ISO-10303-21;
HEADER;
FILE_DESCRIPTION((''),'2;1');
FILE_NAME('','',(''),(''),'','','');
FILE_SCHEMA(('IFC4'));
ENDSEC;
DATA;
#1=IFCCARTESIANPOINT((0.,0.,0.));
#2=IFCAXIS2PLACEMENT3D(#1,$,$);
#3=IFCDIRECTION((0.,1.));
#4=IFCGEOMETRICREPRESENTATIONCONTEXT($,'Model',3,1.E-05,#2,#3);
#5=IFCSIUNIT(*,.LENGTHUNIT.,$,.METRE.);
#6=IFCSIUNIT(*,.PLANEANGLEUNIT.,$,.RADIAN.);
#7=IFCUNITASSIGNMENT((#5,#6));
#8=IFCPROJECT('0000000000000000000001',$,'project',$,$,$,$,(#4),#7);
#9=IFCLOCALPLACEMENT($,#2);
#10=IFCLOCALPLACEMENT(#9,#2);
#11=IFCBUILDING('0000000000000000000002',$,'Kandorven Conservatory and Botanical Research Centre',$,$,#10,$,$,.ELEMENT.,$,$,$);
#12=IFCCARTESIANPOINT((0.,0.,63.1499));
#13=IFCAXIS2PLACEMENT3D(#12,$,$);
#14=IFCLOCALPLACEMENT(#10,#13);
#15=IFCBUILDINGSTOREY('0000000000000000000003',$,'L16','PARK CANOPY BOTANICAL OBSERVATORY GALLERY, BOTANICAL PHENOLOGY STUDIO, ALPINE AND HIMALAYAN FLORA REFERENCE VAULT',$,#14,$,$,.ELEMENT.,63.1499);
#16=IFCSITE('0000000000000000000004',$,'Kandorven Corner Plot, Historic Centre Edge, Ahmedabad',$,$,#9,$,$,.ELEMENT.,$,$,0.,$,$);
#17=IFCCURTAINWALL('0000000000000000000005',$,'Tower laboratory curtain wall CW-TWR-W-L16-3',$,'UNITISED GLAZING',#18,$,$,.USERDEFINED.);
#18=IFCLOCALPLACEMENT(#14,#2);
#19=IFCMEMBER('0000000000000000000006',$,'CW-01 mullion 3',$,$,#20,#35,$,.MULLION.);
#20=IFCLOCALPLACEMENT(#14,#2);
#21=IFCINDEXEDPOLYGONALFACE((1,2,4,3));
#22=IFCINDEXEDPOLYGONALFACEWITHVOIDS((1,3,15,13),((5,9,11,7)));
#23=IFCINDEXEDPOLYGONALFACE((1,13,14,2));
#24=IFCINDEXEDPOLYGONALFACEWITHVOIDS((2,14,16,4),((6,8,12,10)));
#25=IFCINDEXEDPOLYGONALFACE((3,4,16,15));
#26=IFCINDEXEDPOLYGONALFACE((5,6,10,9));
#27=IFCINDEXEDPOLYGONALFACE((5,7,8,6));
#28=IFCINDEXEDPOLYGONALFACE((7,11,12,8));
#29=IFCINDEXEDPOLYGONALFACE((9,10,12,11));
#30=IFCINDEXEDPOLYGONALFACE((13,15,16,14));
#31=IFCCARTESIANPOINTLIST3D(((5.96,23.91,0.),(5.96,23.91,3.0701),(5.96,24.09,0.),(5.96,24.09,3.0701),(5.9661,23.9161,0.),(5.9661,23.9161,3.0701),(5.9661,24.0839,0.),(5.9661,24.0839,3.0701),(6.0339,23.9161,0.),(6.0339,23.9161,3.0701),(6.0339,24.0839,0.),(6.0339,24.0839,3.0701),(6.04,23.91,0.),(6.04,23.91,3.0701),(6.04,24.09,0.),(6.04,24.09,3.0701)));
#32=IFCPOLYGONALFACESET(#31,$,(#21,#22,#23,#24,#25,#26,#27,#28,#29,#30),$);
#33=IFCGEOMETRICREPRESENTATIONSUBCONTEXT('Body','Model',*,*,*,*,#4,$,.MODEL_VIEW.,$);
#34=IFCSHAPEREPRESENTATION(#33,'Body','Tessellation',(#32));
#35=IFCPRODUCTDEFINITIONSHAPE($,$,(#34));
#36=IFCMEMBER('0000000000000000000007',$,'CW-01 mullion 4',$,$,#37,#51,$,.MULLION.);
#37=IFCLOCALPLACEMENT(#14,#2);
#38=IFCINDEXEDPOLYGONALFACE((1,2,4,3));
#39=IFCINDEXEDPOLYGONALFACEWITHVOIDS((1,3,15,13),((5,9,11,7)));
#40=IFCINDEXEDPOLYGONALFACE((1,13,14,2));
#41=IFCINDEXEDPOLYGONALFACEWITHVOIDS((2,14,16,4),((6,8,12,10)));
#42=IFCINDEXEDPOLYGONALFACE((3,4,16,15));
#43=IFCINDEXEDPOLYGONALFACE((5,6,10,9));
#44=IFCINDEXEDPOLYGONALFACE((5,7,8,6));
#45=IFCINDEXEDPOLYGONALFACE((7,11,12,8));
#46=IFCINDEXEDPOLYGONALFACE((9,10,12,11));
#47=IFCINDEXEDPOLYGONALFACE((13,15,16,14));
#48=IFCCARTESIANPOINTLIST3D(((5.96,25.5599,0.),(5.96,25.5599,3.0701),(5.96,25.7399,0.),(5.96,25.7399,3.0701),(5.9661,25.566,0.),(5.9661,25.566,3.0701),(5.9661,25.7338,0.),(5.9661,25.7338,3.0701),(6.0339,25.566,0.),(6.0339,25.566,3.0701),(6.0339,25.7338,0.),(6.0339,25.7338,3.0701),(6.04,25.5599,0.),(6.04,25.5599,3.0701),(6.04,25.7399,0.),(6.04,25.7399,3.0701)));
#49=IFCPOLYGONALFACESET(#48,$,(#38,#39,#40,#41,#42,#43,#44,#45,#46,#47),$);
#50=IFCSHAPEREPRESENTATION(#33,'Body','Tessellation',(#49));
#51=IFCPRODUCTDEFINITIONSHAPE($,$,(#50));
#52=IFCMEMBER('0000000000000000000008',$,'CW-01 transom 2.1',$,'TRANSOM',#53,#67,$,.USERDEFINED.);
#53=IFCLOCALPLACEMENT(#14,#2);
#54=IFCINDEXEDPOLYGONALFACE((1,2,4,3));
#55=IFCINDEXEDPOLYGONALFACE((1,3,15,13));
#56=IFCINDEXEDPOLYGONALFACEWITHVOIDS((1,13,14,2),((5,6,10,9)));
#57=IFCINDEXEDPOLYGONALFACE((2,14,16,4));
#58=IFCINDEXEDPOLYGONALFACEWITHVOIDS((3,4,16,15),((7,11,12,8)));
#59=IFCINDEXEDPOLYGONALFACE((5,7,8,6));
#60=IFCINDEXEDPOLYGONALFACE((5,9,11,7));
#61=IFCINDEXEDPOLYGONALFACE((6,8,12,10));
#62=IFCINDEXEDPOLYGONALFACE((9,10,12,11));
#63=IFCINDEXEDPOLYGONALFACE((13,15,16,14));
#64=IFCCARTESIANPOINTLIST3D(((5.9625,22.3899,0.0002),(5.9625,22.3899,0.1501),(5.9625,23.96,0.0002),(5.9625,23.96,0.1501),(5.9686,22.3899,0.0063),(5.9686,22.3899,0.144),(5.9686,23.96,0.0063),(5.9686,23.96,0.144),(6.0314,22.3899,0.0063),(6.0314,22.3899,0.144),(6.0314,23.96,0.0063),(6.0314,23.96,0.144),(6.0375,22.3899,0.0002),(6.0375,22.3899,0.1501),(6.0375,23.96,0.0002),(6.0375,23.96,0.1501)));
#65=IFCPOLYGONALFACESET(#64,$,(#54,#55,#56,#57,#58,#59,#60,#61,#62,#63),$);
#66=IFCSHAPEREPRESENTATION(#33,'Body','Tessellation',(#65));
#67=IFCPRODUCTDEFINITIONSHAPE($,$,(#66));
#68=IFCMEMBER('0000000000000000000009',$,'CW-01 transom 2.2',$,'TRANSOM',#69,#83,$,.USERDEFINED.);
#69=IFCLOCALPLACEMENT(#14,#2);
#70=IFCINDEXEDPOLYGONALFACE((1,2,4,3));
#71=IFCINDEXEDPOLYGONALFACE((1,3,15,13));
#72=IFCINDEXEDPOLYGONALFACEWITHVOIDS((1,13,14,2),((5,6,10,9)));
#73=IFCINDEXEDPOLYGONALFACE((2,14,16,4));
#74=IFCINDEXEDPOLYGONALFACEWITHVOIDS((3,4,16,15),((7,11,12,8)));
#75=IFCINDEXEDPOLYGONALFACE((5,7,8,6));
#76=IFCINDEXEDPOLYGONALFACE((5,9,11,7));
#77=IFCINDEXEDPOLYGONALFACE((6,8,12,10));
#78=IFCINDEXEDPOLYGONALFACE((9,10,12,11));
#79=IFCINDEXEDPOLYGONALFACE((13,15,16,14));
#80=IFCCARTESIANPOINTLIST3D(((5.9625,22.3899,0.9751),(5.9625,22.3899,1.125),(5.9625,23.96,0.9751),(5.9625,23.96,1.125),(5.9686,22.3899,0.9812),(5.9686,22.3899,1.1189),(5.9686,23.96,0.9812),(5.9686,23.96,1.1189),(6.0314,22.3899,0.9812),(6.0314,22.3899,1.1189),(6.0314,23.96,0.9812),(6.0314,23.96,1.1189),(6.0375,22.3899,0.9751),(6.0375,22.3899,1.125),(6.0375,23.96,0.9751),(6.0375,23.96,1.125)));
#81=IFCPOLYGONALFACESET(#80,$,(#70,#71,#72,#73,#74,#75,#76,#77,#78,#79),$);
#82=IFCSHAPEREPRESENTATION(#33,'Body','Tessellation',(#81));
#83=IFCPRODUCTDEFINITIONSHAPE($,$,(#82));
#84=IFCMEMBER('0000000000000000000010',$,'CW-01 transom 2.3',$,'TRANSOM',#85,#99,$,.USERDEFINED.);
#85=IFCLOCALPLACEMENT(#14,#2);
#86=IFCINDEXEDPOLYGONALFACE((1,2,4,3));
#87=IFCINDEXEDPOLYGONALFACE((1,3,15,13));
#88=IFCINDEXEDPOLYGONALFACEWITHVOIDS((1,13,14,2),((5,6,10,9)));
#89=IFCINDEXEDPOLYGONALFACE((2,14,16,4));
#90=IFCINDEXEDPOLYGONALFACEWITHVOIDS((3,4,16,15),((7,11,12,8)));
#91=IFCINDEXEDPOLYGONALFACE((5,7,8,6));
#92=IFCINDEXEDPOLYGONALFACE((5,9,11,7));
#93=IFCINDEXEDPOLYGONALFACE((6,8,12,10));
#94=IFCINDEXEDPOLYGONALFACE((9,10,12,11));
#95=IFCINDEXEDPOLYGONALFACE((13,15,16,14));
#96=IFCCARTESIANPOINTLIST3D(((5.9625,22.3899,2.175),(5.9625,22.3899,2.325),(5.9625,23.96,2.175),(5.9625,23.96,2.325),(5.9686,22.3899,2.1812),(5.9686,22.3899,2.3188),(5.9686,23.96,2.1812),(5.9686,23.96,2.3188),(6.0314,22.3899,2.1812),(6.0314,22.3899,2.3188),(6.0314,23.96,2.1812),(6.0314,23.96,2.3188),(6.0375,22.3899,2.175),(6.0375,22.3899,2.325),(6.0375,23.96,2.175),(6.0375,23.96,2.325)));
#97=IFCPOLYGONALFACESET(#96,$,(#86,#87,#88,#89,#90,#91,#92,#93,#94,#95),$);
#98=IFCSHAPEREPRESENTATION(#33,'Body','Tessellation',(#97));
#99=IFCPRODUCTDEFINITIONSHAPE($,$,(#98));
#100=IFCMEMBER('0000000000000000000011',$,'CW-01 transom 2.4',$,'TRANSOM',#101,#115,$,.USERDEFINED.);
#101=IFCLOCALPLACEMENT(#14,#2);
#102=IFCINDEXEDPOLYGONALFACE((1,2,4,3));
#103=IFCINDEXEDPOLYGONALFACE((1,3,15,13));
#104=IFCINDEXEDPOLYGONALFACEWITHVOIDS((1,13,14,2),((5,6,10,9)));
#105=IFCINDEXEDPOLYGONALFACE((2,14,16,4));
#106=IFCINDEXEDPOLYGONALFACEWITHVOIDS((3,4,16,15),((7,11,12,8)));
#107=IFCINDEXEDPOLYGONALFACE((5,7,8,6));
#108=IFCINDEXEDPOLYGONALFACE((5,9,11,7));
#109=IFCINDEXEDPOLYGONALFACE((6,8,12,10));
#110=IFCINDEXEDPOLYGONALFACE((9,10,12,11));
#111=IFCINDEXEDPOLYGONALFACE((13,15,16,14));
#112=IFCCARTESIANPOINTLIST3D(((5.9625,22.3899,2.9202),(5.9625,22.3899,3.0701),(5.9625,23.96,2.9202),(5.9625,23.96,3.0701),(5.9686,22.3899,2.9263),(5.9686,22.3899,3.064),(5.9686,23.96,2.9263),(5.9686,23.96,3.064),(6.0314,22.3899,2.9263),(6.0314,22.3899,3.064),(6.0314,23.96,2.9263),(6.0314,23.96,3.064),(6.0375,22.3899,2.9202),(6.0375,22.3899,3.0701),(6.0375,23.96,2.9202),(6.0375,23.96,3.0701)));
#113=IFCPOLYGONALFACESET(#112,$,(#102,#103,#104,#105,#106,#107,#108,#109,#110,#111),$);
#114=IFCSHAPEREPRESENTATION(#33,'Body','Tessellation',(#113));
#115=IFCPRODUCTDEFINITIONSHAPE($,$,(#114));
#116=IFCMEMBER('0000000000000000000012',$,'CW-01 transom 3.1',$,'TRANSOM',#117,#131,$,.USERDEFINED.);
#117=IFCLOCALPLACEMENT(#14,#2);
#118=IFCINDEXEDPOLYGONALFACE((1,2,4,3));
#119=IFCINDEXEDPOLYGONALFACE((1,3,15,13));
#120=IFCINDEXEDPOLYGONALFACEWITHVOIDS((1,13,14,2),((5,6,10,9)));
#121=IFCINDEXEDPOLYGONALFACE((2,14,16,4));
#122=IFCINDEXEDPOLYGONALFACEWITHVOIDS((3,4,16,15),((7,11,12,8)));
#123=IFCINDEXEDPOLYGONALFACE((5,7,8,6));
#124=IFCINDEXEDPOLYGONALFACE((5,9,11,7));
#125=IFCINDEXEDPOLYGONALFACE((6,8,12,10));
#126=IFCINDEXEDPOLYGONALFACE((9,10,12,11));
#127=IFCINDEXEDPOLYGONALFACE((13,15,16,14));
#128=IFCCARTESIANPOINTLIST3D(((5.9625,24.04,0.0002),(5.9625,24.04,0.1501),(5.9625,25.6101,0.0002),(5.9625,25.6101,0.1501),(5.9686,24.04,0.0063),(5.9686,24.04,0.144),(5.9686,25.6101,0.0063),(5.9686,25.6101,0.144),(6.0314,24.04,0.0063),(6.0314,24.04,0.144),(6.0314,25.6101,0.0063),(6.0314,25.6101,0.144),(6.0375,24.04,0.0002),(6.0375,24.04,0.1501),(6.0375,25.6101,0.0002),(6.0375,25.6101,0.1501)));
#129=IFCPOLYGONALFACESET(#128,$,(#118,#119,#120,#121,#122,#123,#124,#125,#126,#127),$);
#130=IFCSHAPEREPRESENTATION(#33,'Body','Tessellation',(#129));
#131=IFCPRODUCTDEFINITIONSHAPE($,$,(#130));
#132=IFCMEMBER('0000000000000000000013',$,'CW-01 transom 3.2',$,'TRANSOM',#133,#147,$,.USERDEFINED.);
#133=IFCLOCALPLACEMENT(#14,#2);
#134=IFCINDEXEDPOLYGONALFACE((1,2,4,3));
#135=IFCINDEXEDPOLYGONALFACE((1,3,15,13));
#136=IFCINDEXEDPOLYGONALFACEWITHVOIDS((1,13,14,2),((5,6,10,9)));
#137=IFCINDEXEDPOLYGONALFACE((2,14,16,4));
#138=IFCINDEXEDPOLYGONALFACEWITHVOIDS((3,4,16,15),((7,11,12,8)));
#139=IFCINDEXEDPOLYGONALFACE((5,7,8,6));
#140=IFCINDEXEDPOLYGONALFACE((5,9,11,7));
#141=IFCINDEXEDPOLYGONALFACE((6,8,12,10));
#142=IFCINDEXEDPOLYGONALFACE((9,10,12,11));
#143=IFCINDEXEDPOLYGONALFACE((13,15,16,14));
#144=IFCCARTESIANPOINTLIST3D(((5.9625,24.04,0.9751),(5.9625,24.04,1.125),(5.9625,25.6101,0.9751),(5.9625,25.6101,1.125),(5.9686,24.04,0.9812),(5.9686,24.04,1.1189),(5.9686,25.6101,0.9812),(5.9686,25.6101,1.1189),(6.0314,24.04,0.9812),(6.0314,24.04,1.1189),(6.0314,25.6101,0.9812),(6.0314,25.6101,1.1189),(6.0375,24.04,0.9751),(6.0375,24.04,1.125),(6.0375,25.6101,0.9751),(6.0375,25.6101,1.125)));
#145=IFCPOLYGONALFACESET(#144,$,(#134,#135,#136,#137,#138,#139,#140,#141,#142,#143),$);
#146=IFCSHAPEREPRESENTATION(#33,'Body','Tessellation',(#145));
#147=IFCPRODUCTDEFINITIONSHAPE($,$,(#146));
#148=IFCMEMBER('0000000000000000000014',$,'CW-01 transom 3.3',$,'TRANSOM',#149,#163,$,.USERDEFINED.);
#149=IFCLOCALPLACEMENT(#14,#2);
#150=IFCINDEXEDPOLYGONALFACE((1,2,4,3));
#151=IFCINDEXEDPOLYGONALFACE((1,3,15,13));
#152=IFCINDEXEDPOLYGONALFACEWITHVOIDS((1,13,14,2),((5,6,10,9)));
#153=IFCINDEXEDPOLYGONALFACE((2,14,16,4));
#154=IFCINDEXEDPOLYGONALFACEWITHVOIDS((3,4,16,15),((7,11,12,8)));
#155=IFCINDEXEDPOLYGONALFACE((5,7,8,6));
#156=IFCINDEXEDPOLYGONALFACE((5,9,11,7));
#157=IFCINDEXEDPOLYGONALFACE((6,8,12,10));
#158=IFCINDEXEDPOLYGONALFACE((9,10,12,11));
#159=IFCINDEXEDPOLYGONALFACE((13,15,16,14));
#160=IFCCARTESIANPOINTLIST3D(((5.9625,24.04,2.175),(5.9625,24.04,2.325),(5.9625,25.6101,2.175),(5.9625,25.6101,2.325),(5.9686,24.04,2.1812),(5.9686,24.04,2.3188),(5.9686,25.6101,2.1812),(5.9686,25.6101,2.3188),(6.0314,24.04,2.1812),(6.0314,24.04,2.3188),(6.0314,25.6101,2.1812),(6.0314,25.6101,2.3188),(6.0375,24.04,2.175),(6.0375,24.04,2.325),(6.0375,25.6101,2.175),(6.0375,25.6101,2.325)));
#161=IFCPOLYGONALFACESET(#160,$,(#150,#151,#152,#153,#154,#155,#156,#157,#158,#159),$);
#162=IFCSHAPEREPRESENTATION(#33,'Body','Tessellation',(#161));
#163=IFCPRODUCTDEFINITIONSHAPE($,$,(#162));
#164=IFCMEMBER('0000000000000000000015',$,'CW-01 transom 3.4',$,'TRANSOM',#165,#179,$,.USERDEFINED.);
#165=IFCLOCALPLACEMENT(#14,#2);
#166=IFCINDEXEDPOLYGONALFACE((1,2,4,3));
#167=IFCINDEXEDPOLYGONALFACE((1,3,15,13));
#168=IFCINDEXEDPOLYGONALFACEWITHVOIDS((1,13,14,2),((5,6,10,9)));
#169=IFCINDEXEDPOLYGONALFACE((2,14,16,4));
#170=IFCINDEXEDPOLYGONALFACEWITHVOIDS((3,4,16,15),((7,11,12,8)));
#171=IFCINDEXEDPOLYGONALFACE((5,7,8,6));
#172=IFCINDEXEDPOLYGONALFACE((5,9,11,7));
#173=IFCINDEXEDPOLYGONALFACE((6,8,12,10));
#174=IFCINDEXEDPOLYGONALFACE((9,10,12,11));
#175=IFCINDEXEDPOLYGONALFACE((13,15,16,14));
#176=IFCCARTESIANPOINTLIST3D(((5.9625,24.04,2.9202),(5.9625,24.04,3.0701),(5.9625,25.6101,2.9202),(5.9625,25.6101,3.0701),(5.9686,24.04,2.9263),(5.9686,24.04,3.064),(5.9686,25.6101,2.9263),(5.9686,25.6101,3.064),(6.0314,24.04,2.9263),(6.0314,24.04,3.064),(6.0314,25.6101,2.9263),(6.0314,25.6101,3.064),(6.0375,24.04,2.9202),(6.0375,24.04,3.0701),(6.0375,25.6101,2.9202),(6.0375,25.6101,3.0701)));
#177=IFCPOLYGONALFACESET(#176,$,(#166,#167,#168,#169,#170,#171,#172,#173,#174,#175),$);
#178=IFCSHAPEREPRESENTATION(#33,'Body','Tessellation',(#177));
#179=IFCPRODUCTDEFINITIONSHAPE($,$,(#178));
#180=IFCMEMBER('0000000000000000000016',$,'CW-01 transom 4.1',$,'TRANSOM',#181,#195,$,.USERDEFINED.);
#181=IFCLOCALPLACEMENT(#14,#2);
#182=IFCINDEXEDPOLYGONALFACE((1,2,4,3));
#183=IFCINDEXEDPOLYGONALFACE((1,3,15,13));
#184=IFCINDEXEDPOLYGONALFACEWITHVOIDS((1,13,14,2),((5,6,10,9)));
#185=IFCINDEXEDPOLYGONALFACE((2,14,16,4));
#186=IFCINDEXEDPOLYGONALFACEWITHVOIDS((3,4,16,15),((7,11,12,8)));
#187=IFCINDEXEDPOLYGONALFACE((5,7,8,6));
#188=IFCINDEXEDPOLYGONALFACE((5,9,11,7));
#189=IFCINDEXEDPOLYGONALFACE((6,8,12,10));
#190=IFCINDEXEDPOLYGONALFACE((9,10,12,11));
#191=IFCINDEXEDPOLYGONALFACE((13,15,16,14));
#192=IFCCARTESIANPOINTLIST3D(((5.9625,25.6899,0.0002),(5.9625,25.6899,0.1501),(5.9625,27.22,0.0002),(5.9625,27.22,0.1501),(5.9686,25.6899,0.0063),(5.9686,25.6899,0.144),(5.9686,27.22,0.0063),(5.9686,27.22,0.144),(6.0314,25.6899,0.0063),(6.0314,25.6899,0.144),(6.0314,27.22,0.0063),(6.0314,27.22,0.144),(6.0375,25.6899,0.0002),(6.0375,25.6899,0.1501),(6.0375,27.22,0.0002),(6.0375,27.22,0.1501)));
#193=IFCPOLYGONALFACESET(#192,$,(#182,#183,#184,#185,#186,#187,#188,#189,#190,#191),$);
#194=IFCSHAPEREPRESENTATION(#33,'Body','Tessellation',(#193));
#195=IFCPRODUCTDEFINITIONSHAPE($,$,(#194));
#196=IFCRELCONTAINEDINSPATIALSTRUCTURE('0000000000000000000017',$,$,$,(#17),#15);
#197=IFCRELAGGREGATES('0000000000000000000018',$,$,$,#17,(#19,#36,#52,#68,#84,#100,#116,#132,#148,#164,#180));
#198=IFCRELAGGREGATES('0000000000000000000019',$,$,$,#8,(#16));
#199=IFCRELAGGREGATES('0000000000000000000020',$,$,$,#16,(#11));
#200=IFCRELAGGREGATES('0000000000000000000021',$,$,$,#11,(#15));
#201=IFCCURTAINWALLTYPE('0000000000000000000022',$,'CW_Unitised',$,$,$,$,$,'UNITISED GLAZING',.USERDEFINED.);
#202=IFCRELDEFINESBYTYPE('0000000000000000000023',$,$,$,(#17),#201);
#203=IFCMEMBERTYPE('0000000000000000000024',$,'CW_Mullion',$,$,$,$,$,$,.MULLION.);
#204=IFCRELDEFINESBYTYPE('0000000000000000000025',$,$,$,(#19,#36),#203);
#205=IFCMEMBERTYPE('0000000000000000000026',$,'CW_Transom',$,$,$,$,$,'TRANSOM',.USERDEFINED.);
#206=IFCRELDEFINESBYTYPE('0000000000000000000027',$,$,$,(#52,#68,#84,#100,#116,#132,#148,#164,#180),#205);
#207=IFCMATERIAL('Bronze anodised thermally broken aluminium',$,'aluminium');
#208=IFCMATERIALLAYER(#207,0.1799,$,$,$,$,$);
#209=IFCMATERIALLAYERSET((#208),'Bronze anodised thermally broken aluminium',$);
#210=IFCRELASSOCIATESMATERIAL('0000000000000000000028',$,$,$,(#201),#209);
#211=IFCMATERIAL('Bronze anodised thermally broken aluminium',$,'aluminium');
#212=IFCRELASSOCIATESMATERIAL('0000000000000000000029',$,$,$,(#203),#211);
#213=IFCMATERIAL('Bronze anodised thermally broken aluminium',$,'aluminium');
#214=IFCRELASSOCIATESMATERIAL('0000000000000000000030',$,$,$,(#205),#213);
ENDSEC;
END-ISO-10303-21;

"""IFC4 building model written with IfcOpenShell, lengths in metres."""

from ifc_helpers import new_model, si_unit, direction, frame, origin, origin_2d, place, context, subcontext, project, spatial, hollow_rectangle, extrude, material, layer, layer_set, material_profile, profile_set, type_object, element, aggregate, save


model = new_model("IFC4")

# Units and contexts
model_context = context("Model", 3, precision=1e-05, world=origin(), true_north=direction((0.0, 1.0)))
body_context = subcontext(model_context, "Body", "Model", "MODEL_VIEW")
ifc_project = project(units=[si_unit("LENGTHUNIT", "METRE"), si_unit("PLANEANGLEUNIT", "RADIAN")], contexts=[model_context])

# Site, building, storey
site_placement = place(None, origin())
site = spatial("IfcSite", under=ifc_project, at=site_placement, Name="Kandorven Corner Plot, Historic Centre Edge, Ahmedabad", CompositionType="ELEMENT", RefElevation=0.0)
building_placement = place(site_placement, origin())
building = spatial("IfcBuilding", under=site, at=building_placement, Name="Kandorven Conservatory and Botanical Research Centre", CompositionType="ELEMENT")
storey_placement = place(building_placement, frame((0.0, 0.0, 63.1499)))
storey = spatial("IfcBuildingStorey", under=building, at=storey_placement, Name="L16", Description="PARK CANOPY BOTANICAL OBSERVATORY GALLERY, BOTANICAL PHENOLOGY STUDIO, ALPINE AND HIMALAYAN FLORA REFERENCE VAULT", CompositionType="ELEMENT", Elevation=63.1499)

# Curtain wall, members
ifc_material_1 = material(Name="Bronze anodised thermally broken aluminium", Category="aluminium")
ifc_layer_1 = layer(ifc_material_1, 0.1799)
ifc_layer_set_1 = layer_set([ifc_layer_1], Name="Bronze anodised thermally broken aluminium")
curtain_wall_type = type_object("IfcCurtainWallType", Name="CW_Unitised", ElementType="UNITISED GLAZING", PredefinedType="USERDEFINED", material=ifc_layer_set_1)
curtain_wall_placement = place(storey_placement, origin())
curtain_wall = element("IfcCurtainWall", 1, at=curtain_wall_placement, inside=storey, type_object=curtain_wall_type, Name="Tower laboratory curtain wall CW-TWR-W-L16-3", ObjectType="UNITISED GLAZING", PredefinedType="USERDEFINED")
ifc_material_2 = material(Name="Bronze anodised thermally broken aluminium", Category="aluminium")
ifc_material_profile_1 = material_profile(ifc_material_2, hollow_rectangle(XDim=0.0801, YDim=0.1799, WallThickness=0.0061, at=origin_2d()))
ifc_profile_set_1 = profile_set([ifc_material_profile_1], Name="Bronze anodised thermally broken aluminium")
member_type_1 = type_object("IfcMemberType", Name="CW_Mullion", PredefinedType="MULLION", material=ifc_profile_set_1)
member_1_placement = place(storey_placement, frame((6.0, 24.0, 0.0), z_axis=(0.0, 0.0, 1.0), x_axis=(-1.0, 0.0, 0.0)))
member_1 = element("IfcMember", 2, at=member_1_placement, type_object=member_type_1, Name="CW-01 mullion 3", PredefinedType="MULLION", context=body_context, shape_type="SweptSolid", body=[
    extrude(hollow_rectangle(XDim=0.0801, YDim=0.1799, WallThickness=0.0061, at=origin_2d()), origin(), (0.0, 0.0, 1.0), 3.0701),
])
member_2_placement = place(storey_placement, frame((6.0, 25.6499, 0.0), z_axis=(0.0, 0.0, 1.0), x_axis=(-1.0, 0.0, 0.0)))
member_2 = element("IfcMember", 3, at=member_2_placement, type_object=member_type_1, Name="CW-01 mullion 4", PredefinedType="MULLION", context=body_context, shape_type="SweptSolid", body=[
    extrude(hollow_rectangle(XDim=0.0801, YDim=0.1799, WallThickness=0.0061, at=origin_2d()), origin(), (0.0, 0.0, 1.0), 3.0701),
])
ifc_material_3 = material(Name="Bronze anodised thermally broken aluminium", Category="aluminium")
ifc_material_profile_2 = material_profile(ifc_material_3, hollow_rectangle(XDim=0.075, YDim=0.1499, WallThickness=0.0061, at=origin_2d()))
ifc_profile_set_2 = profile_set([ifc_material_profile_2], Name="Bronze anodised thermally broken aluminium")
member_type_2 = type_object("IfcMemberType", Name="CW_Transom", ElementType="TRANSOM", PredefinedType="USERDEFINED", material=ifc_profile_set_2)
member_3_placement = place(storey_placement, frame((6.0, 22.3899, 0.0752), z_axis=(0.0, 1.0, 0.0), x_axis=(-1.0, 0.0, 0.0)))
member_3 = element("IfcMember", 4, at=member_3_placement, type_object=member_type_2, Name="CW-01 transom 2.1", ObjectType="TRANSOM", PredefinedType="USERDEFINED", context=body_context, shape_type="SweptSolid", body=[
    extrude(hollow_rectangle(XDim=0.075, YDim=0.1499, WallThickness=0.0061, at=origin_2d()), origin(), (0.0, 0.0, 1.0), 1.5701),
])
member_4_placement = place(storey_placement, frame((6.0, 22.3899, 1.05), z_axis=(0.0, 1.0, 0.0), x_axis=(-1.0, 0.0, 0.0)))
member_4 = element("IfcMember", 5, at=member_4_placement, type_object=member_type_2, Name="CW-01 transom 2.2", ObjectType="TRANSOM", PredefinedType="USERDEFINED", context=body_context, shape_type="SweptSolid", body=[
    extrude(hollow_rectangle(XDim=0.075, YDim=0.1499, WallThickness=0.0061, at=origin_2d()), origin(), (0.0, 0.0, 1.0), 1.5701),
])
member_5_placement = place(storey_placement, frame((6.0, 22.3899, 2.25), z_axis=(0.0, 1.0, 0.0), x_axis=(-1.0, 0.0, 0.0)))
member_5 = element("IfcMember", 6, at=member_5_placement, type_object=member_type_2, Name="CW-01 transom 2.3", ObjectType="TRANSOM", PredefinedType="USERDEFINED", context=body_context, shape_type="SweptSolid", body=[
    extrude(hollow_rectangle(XDim=0.075, YDim=0.1499, WallThickness=0.0061, at=origin_2d()), origin(), (0.0, 0.0, 1.0), 1.5701),
])
member_6_placement = place(storey_placement, frame((6.0, 22.3899, 2.9951), z_axis=(0.0, 1.0, 0.0), x_axis=(-1.0, 0.0, 0.0)))
member_6 = element("IfcMember", 7, at=member_6_placement, type_object=member_type_2, Name="CW-01 transom 2.4", ObjectType="TRANSOM", PredefinedType="USERDEFINED", context=body_context, shape_type="SweptSolid", body=[
    extrude(hollow_rectangle(XDim=0.075, YDim=0.1499, WallThickness=0.0061, at=origin_2d()), origin(), (0.0, 0.0, 1.0), 1.5701),
])
member_7_placement = place(storey_placement, frame((6.0, 24.04, 0.0752), z_axis=(0.0, 1.0, 0.0), x_axis=(-1.0, 0.0, 0.0)))
member_7 = element("IfcMember", 8, at=member_7_placement, type_object=member_type_2, Name="CW-01 transom 3.1", ObjectType="TRANSOM", PredefinedType="USERDEFINED", context=body_context, shape_type="SweptSolid", body=[
    extrude(hollow_rectangle(XDim=0.075, YDim=0.1499, WallThickness=0.0061, at=origin_2d()), origin(), (0.0, 0.0, 1.0), 1.5701),
])
member_8_placement = place(storey_placement, frame((6.0, 24.04, 1.05), z_axis=(0.0, 1.0, 0.0), x_axis=(-1.0, 0.0, 0.0)))
member_8 = element("IfcMember", 9, at=member_8_placement, type_object=member_type_2, Name="CW-01 transom 3.2", ObjectType="TRANSOM", PredefinedType="USERDEFINED", context=body_context, shape_type="SweptSolid", body=[
    extrude(hollow_rectangle(XDim=0.075, YDim=0.1499, WallThickness=0.0061, at=origin_2d()), origin(), (0.0, 0.0, 1.0), 1.5701),
])
member_9_placement = place(storey_placement, frame((6.0, 24.04, 2.25), z_axis=(0.0, 1.0, 0.0), x_axis=(-1.0, 0.0, 0.0)))
member_9 = element("IfcMember", 10, at=member_9_placement, type_object=member_type_2, Name="CW-01 transom 3.3", ObjectType="TRANSOM", PredefinedType="USERDEFINED", context=body_context, shape_type="SweptSolid", body=[
    extrude(hollow_rectangle(XDim=0.075, YDim=0.1499, WallThickness=0.0061, at=origin_2d()), origin(), (0.0, 0.0, 1.0), 1.5701),
])
member_10_placement = place(storey_placement, frame((6.0, 24.04, 2.9951), z_axis=(0.0, 1.0, 0.0), x_axis=(-1.0, 0.0, 0.0)))
member_10 = element("IfcMember", 11, at=member_10_placement, type_object=member_type_2, Name="CW-01 transom 3.4", ObjectType="TRANSOM", PredefinedType="USERDEFINED", context=body_context, shape_type="SweptSolid", body=[
    extrude(hollow_rectangle(XDim=0.075, YDim=0.1499, WallThickness=0.0061, at=origin_2d()), origin(), (0.0, 0.0, 1.0), 1.5701),
])
member_11_placement = place(storey_placement, frame((6.0, 25.6899, 0.0752), z_axis=(0.0, 1.0, 0.0), x_axis=(-1.0, 0.0, 0.0)))
member_11 = element("IfcMember", 12, at=member_11_placement, type_object=member_type_2, Name="CW-01 transom 4.1", ObjectType="TRANSOM", PredefinedType="USERDEFINED", context=body_context, shape_type="SweptSolid", body=[
    extrude(hollow_rectangle(XDim=0.075, YDim=0.1499, WallThickness=0.0061, at=origin_2d()), origin(), (0.0, 0.0, 1.0), 1.53),
])
aggregate(curtain_wall, [member_1, member_2, member_3, member_4, member_5, member_6, member_7, member_8, member_9, member_10, member_11])

save(model, "model.ifc")
